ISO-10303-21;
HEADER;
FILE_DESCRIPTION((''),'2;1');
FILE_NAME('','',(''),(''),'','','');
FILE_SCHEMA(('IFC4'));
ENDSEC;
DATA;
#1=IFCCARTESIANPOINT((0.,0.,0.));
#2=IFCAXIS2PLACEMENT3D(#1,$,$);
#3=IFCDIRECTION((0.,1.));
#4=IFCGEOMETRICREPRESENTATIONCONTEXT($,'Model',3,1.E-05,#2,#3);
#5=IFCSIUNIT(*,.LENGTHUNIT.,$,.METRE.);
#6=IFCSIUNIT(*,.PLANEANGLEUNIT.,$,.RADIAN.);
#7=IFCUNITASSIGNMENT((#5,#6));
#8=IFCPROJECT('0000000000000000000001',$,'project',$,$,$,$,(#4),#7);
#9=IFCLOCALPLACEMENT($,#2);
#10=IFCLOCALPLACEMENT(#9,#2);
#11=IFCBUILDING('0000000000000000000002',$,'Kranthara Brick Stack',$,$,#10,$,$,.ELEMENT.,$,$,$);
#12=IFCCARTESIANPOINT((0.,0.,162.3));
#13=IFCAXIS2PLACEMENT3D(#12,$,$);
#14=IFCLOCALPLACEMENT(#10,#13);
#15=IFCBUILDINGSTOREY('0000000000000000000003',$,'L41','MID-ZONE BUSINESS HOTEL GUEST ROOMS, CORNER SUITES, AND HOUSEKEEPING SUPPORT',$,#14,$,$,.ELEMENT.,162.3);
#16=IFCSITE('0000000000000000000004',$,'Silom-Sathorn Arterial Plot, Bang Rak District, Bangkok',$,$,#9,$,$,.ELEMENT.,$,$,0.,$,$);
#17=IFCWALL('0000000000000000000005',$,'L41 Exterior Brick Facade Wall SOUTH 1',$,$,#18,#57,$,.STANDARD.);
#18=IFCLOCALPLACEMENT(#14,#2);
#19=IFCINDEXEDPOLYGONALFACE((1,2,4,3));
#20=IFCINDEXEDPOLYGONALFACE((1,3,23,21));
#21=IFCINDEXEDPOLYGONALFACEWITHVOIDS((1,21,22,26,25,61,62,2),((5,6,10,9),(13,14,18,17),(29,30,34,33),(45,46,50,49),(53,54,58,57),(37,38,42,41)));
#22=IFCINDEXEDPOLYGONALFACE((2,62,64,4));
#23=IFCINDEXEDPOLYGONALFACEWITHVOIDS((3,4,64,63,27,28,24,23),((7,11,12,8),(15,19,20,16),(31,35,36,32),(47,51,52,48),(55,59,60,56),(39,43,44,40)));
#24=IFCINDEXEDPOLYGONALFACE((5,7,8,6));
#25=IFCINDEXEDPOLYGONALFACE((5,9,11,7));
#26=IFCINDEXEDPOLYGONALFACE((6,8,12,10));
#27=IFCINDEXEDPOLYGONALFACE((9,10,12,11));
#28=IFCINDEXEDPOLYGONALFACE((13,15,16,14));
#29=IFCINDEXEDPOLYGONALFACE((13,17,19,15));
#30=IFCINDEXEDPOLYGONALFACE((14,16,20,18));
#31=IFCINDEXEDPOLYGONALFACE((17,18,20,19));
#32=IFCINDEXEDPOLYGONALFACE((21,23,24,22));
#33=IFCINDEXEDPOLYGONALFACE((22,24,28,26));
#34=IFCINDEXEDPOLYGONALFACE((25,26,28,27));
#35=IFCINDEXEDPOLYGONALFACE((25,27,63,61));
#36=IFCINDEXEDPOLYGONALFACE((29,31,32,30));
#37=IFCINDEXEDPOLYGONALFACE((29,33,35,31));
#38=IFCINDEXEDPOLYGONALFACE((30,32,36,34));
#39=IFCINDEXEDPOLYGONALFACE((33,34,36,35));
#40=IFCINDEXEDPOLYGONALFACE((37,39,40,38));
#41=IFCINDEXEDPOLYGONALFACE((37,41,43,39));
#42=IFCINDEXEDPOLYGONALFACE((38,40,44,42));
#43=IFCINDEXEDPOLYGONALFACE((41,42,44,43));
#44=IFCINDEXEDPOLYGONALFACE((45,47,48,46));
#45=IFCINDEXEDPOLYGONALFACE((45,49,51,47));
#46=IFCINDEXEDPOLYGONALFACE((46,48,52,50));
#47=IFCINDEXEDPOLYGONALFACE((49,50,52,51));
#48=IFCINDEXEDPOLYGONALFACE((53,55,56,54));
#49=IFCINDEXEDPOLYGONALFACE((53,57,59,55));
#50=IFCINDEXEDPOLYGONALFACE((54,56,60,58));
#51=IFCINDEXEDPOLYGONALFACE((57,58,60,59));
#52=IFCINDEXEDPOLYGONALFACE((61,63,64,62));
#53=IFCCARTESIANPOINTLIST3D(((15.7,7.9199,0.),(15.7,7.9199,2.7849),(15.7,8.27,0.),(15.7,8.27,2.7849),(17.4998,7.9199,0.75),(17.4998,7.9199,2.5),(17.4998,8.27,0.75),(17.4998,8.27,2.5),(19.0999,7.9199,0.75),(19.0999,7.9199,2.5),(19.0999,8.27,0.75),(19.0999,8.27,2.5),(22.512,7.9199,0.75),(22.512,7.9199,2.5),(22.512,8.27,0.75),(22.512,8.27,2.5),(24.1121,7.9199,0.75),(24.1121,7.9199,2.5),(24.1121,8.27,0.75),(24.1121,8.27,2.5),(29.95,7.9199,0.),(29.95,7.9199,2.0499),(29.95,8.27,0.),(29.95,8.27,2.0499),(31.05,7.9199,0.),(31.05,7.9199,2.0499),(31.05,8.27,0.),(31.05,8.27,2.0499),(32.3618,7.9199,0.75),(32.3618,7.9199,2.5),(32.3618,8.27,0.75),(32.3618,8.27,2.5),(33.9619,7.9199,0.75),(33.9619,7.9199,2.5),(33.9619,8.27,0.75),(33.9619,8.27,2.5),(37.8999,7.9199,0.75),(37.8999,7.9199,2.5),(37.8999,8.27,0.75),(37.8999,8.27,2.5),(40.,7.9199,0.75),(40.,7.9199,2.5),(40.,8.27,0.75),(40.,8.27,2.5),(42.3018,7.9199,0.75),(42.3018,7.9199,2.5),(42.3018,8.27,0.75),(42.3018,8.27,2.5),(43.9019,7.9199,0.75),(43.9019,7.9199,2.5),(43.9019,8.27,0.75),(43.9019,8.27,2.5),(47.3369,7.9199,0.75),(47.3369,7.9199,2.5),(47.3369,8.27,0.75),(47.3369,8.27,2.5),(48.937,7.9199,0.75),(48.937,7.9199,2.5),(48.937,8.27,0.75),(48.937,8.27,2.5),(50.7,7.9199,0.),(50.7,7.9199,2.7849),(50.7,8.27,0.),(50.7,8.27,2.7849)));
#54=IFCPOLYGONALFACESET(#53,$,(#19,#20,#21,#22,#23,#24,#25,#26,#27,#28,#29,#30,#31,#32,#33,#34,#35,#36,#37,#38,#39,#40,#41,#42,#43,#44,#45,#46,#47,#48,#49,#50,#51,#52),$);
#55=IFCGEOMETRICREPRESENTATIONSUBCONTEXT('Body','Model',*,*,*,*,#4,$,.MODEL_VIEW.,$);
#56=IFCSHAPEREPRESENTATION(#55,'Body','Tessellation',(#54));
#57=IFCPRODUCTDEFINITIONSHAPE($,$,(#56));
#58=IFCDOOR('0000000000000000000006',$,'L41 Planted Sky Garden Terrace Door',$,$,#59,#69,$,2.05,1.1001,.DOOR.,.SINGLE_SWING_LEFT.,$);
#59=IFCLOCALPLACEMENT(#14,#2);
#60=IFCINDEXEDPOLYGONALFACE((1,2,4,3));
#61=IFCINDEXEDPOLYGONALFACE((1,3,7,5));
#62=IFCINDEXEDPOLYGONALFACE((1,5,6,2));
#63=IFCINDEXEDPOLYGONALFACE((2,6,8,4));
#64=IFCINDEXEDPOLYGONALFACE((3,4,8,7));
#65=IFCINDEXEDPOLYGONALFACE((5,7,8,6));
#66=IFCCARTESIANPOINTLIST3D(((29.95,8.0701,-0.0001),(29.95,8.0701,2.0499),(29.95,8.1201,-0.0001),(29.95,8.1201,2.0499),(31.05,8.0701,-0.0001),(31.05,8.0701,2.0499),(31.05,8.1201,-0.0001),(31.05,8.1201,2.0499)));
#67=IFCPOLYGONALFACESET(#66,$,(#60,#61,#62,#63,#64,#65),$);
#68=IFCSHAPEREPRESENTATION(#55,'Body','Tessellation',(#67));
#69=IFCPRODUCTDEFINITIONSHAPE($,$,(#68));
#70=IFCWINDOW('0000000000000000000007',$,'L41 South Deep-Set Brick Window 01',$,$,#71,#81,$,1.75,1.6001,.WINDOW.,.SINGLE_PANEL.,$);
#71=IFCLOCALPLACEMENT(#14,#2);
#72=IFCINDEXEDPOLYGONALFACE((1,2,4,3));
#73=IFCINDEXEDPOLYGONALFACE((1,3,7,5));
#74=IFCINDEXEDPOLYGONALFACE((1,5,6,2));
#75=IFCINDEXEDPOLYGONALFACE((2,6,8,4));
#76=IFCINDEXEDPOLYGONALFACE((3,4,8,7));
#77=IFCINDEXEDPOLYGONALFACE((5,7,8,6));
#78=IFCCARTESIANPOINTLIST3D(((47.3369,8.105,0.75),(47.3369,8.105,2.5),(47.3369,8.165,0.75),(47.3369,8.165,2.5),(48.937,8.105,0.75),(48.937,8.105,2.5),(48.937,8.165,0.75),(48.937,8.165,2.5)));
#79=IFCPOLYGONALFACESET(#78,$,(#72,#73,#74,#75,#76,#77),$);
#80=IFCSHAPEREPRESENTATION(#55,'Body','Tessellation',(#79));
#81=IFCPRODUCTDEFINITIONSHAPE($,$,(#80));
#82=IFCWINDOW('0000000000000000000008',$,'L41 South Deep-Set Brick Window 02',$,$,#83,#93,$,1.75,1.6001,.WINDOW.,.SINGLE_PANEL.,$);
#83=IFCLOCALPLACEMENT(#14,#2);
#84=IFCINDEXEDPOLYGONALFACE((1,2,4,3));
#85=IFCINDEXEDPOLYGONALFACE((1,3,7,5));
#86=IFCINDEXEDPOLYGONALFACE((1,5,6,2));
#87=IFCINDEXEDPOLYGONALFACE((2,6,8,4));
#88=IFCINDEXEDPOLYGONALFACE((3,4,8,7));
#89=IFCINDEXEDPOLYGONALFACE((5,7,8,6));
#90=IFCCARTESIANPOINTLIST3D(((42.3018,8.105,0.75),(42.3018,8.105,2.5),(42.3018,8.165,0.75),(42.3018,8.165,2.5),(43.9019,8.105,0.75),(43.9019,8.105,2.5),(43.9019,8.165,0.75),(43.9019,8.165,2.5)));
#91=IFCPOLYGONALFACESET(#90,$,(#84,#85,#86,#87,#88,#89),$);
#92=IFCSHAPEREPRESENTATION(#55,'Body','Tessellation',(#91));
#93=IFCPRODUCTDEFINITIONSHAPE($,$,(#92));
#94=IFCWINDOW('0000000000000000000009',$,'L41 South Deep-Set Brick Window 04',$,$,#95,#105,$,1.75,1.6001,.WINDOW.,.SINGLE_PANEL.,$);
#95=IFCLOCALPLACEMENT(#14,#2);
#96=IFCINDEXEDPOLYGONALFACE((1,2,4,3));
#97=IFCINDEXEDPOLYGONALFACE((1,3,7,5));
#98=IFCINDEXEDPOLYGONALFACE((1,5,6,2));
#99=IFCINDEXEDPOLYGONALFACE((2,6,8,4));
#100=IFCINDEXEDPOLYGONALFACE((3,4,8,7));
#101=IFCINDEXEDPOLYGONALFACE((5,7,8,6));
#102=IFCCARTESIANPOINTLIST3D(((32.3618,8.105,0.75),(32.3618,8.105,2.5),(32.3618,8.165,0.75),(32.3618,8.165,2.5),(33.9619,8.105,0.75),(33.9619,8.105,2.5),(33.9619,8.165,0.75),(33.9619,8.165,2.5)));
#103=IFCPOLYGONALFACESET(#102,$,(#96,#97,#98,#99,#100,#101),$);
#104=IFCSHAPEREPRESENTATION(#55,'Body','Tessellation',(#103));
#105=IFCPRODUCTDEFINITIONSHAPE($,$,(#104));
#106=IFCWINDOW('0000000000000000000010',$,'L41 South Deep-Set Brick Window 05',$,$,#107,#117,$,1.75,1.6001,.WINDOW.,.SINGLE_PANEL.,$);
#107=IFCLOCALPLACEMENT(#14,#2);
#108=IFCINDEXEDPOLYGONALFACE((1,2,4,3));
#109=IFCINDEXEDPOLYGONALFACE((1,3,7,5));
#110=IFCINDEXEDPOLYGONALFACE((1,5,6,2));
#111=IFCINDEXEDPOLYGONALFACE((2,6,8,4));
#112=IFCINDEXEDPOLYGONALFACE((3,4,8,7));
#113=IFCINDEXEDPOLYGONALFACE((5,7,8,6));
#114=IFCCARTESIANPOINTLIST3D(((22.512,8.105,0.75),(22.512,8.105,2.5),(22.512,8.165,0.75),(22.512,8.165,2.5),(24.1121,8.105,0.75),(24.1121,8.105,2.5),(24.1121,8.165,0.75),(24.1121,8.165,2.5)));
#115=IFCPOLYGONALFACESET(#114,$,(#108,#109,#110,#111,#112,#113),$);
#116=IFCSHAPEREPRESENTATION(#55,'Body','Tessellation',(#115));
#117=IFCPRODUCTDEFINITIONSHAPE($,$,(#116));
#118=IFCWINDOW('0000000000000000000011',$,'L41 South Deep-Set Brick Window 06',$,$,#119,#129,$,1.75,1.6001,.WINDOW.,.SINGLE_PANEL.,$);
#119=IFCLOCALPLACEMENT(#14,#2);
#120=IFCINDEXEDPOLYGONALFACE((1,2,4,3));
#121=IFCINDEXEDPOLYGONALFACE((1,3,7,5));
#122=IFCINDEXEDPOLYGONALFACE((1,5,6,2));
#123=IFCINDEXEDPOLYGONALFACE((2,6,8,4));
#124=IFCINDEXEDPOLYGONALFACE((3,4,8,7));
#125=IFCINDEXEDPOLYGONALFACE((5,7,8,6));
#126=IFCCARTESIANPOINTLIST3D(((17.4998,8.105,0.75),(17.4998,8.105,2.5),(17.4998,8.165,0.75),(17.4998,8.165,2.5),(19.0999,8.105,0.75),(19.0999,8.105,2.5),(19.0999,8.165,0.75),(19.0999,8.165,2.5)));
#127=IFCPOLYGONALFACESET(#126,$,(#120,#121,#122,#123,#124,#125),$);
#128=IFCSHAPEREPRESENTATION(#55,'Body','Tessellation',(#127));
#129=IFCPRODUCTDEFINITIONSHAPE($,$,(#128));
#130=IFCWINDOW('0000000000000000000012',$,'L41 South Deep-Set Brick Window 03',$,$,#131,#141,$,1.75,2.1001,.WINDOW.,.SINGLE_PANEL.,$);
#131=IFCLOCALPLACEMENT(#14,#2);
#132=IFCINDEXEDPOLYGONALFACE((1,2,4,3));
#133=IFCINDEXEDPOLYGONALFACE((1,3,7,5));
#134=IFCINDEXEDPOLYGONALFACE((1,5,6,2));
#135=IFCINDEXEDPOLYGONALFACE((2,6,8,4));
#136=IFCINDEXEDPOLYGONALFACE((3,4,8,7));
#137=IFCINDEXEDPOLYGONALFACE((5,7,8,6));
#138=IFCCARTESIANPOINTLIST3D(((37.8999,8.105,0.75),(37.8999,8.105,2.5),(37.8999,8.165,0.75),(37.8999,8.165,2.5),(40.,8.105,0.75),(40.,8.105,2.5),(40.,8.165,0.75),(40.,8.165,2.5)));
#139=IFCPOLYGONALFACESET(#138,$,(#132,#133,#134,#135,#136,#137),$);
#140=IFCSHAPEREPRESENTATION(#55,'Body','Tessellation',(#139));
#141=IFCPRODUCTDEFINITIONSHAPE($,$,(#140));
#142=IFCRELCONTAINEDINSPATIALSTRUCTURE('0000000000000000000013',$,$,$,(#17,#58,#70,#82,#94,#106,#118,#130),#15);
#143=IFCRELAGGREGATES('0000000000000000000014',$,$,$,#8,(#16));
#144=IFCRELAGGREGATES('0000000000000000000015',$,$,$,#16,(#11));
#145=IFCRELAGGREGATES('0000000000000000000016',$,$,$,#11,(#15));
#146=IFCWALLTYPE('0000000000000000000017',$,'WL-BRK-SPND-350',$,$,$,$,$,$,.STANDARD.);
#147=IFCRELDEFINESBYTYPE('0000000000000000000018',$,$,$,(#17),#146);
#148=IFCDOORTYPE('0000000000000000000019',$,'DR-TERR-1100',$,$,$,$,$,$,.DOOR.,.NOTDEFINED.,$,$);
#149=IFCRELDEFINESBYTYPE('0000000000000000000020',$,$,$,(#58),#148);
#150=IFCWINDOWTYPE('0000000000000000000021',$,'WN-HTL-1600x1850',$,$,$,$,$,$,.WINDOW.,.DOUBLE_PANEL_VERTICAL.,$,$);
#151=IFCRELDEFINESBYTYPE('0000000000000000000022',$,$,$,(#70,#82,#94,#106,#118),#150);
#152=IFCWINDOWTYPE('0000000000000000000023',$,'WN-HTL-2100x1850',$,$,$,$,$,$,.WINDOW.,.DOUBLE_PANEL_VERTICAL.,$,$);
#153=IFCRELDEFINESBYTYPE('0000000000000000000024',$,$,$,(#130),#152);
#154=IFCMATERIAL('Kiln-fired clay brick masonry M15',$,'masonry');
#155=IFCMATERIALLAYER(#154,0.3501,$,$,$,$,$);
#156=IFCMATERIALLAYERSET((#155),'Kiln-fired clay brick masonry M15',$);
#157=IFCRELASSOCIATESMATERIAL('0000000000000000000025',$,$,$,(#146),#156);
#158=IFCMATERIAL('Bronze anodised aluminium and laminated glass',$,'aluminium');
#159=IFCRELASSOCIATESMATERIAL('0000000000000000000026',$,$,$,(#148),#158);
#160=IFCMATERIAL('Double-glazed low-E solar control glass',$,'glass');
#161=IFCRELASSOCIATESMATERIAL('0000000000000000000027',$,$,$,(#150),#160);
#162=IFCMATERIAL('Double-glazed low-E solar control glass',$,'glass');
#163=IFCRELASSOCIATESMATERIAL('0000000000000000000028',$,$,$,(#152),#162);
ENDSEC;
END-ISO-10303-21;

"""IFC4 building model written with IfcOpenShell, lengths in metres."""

from ifc_helpers import new_model, si_unit, direction, frame, frame_2d, origin, place, context, subcontext, project, spatial, rectangle, extrude, material, layer, layer_set, type_object, element, fill, save


model = new_model("IFC4")

# Units and contexts
model_context = context("Model", 3, precision=1e-05, world=origin(), true_north=direction((0.0, 1.0)))
body_context = subcontext(model_context, "Body", "Model", "MODEL_VIEW")
ifc_project = project(units=[si_unit("LENGTHUNIT", "METRE"), si_unit("PLANEANGLEUNIT", "RADIAN")], contexts=[model_context])

# Site, building, storey
site_placement = place(None, origin())
site = spatial("IfcSite", under=ifc_project, at=site_placement, Name="Silom-Sathorn Arterial Plot, Bang Rak District, Bangkok", CompositionType="ELEMENT", RefElevation=0.0)
building_placement = place(site_placement, origin())
building = spatial("IfcBuilding", under=site, at=building_placement, Name="Kranthara Brick Stack", CompositionType="ELEMENT")
storey_placement = place(building_placement, frame((0.0, 0.0, 162.3)))
storey = spatial("IfcBuildingStorey", under=building, at=storey_placement, Name="L41", Description="MID-ZONE BUSINESS HOTEL GUEST ROOMS, CORNER SUITES, AND HOUSEKEEPING SUPPORT", CompositionType="ELEMENT", Elevation=162.3)

# Wall, openings, door, windows
ifc_material_1 = material(Name="Kiln-fired clay brick masonry M15", Category="masonry")
ifc_layer_1 = layer(ifc_material_1, 0.3501)
ifc_layer_set_1 = layer_set([ifc_layer_1], Name="Kiln-fired clay brick masonry M15")
wall_type_1 = type_object("IfcWallType", Name="WL-BRK-SPND-350", PredefinedType="STANDARD", material=ifc_layer_set_1)
wall_1_placement = place(storey_placement, frame((50.7, 8.095, 0.0), z_axis=(0.0, 0.0, 1.0), x_axis=(-1.0, 0.0, 0.0)))
wall_1 = element("IfcWall", 1, at=wall_1_placement, inside=storey, type_object=wall_type_1, Name="L41 Exterior Brick Facade Wall SOUTH 1", PredefinedType="STANDARD", context=body_context, shape_type="SweptSolid", body=[
    extrude(rectangle(XDim=35.0, YDim=0.3501, at=frame_2d((17.5, 0.0))), origin(), (0.0, 0.0, 1.0), 2.7849),
])
opening_1_placement = place(wall_1_placement, frame((19.6499, 0.0, 0.0)))
opening_1 = element("IfcOpeningElement", 2, at=opening_1_placement, cuts=wall_1, PredefinedType="OPENING", context=body_context, shape_type="SweptSolid", body=[
    extrude(rectangle(XDim=1.1001, YDim=2.05, at=frame_2d((0.55, 1.0249))), frame((0.0, 0.1851, 0.0), z_axis=(0.0, -1.0, 0.0), x_axis=(1.0, 0.0, 0.0)), (0.0, 0.0, 1.0), 0.3701),
])
opening_2_placement = place(wall_1_placement, frame((1.7629, 0.0, 0.75)))
opening_2 = element("IfcOpeningElement", 3, at=opening_2_placement, cuts=wall_1, PredefinedType="OPENING", context=body_context, shape_type="SweptSolid", body=[
    extrude(rectangle(XDim=1.6001, YDim=1.75, at=frame_2d((0.8, 0.875))), frame((0.0, 0.1851, 0.0), z_axis=(0.0, -1.0, 0.0), x_axis=(1.0, 0.0, 0.0)), (0.0, 0.0, 1.0), 0.3701),
])
opening_3_placement = place(wall_1_placement, frame((6.7981, 0.0, 0.75)))
opening_3 = element("IfcOpeningElement", 4, at=opening_3_placement, cuts=wall_1, PredefinedType="OPENING", context=body_context, shape_type="SweptSolid", body=[
    extrude(rectangle(XDim=1.6001, YDim=1.75, at=frame_2d((0.8, 0.875))), frame((0.0, 0.1851, 0.0), z_axis=(0.0, -1.0, 0.0), x_axis=(1.0, 0.0, 0.0)), (0.0, 0.0, 1.0), 0.3701),
])
opening_4_placement = place(wall_1_placement, frame((10.7, 0.0, 0.75)))
opening_4 = element("IfcOpeningElement", 5, at=opening_4_placement, cuts=wall_1, PredefinedType="OPENING", context=body_context, shape_type="SweptSolid", body=[
    extrude(rectangle(XDim=2.1001, YDim=1.75, at=frame_2d((1.05, 0.875))), frame((0.0, 0.1851, 0.0), z_axis=(0.0, -1.0, 0.0), x_axis=(1.0, 0.0, 0.0)), (0.0, 0.0, 1.0), 0.3701),
])
opening_5_placement = place(wall_1_placement, frame((16.738, 0.0, 0.75)))
opening_5 = element("IfcOpeningElement", 6, at=opening_5_placement, cuts=wall_1, PredefinedType="OPENING", context=body_context, shape_type="SweptSolid", body=[
    extrude(rectangle(XDim=1.6001, YDim=1.75, at=frame_2d((0.8, 0.875))), frame((0.0, 0.1851, 0.0), z_axis=(0.0, -1.0, 0.0), x_axis=(1.0, 0.0, 0.0)), (0.0, 0.0, 1.0), 0.3701),
])
opening_6_placement = place(wall_1_placement, frame((26.5879, 0.0, 0.75)))
opening_6 = element("IfcOpeningElement", 7, at=opening_6_placement, cuts=wall_1, PredefinedType="OPENING", context=body_context, shape_type="SweptSolid", body=[
    extrude(rectangle(XDim=1.6001, YDim=1.75, at=frame_2d((0.8, 0.875))), frame((0.0, 0.1851, 0.0), z_axis=(0.0, -1.0, 0.0), x_axis=(1.0, 0.0, 0.0)), (0.0, 0.0, 1.0), 0.3701),
])
opening_7_placement = place(wall_1_placement, frame((31.6001, 0.0, 0.75)))
opening_7 = element("IfcOpeningElement", 8, at=opening_7_placement, cuts=wall_1, PredefinedType="OPENING", context=body_context, shape_type="SweptSolid", body=[
    extrude(rectangle(XDim=1.6001, YDim=1.75, at=frame_2d((0.8, 0.875))), frame((0.0, 0.1851, 0.0), z_axis=(0.0, -1.0, 0.0), x_axis=(1.0, 0.0, 0.0)), (0.0, 0.0, 1.0), 0.3701),
])
ifc_material_2 = material(Name="Bronze anodised aluminium and laminated glass", Category="aluminium")
door_type = type_object("IfcDoorType", Name="DR-TERR-1100", OperationType="NOTDEFINED", PredefinedType="DOOR", material=ifc_material_2)
door_placement = place(opening_1_placement, origin())
door = element("IfcDoor", 9, at=door_placement, inside=storey, type_object=door_type, Name="L41 Planted Sky Garden Terrace Door", OperationType="SINGLE_SWING_LEFT", OverallHeight=2.05, OverallWidth=1.1001, PredefinedType="DOOR", context=body_context, shape_type="SweptSolid", body=[
    extrude(rectangle(XDim=1.1001, YDim=2.05, at=frame_2d((0.55, 1.0249))), frame((0.0, 0.0249, 0.0), z_axis=(0.0, -1.0, 0.0), x_axis=(1.0, 0.0, 0.0)), (0.0, 0.0, 1.0), 0.05),
])
fill(opening_1, door)
ifc_material_3 = material(Name="Double-glazed low-E solar control glass", Category="glass")
window_type_1 = type_object("IfcWindowType", Name="WN-HTL-1600x1850", PartitioningType="DOUBLE_PANEL_VERTICAL", PredefinedType="WINDOW", material=ifc_material_3)
window_1_placement = place(opening_2_placement, origin())
window_1 = element("IfcWindow", 10, at=window_1_placement, inside=storey, type_object=window_type_1, Name="L41 South Deep-Set Brick Window 01", OverallHeight=1.75, OverallWidth=1.6001, PartitioningType="SINGLE_PANEL", PredefinedType="WINDOW", context=body_context, shape_type="SweptSolid", body=[
    extrude(rectangle(XDim=1.6001, YDim=1.75, at=frame_2d((0.8, 0.875))), frame((0.0, -0.01, 0.0), z_axis=(0.0, -1.0, 0.0), x_axis=(1.0, 0.0, 0.0)), (0.0, 0.0, 1.0), 0.0601),
])
fill(opening_2, window_1)
window_2_placement = place(opening_3_placement, origin())
window_2 = element("IfcWindow", 11, at=window_2_placement, inside=storey, type_object=window_type_1, Name="L41 South Deep-Set Brick Window 02", OverallHeight=1.75, OverallWidth=1.6001, PartitioningType="SINGLE_PANEL", PredefinedType="WINDOW", context=body_context, shape_type="SweptSolid", body=[
    extrude(rectangle(XDim=1.6001, YDim=1.75, at=frame_2d((0.8, 0.875))), frame((0.0, -0.01, 0.0), z_axis=(0.0, -1.0, 0.0), x_axis=(1.0, 0.0, 0.0)), (0.0, 0.0, 1.0), 0.0601),
])
fill(opening_3, window_2)
window_3_placement = place(opening_5_placement, origin())
window_3 = element("IfcWindow", 12, at=window_3_placement, inside=storey, type_object=window_type_1, Name="L41 South Deep-Set Brick Window 04", OverallHeight=1.75, OverallWidth=1.6001, PartitioningType="SINGLE_PANEL", PredefinedType="WINDOW", context=body_context, shape_type="SweptSolid", body=[
    extrude(rectangle(XDim=1.6001, YDim=1.75, at=frame_2d((0.8, 0.875))), frame((0.0, -0.01, 0.0), z_axis=(0.0, -1.0, 0.0), x_axis=(1.0, 0.0, 0.0)), (0.0, 0.0, 1.0), 0.0601),
])
fill(opening_5, window_3)
window_4_placement = place(opening_6_placement, origin())
window_4 = element("IfcWindow", 13, at=window_4_placement, inside=storey, type_object=window_type_1, Name="L41 South Deep-Set Brick Window 05", OverallHeight=1.75, OverallWidth=1.6001, PartitioningType="SINGLE_PANEL", PredefinedType="WINDOW", context=body_context, shape_type="SweptSolid", body=[
    extrude(rectangle(XDim=1.6001, YDim=1.75, at=frame_2d((0.8, 0.875))), frame((0.0, -0.01, 0.0), z_axis=(0.0, -1.0, 0.0), x_axis=(1.0, 0.0, 0.0)), (0.0, 0.0, 1.0), 0.0601),
])
fill(opening_6, window_4)
window_5_placement = place(opening_7_placement, origin())
window_5 = element("IfcWindow", 14, at=window_5_placement, inside=storey, type_object=window_type_1, Name="L41 South Deep-Set Brick Window 06", OverallHeight=1.75, OverallWidth=1.6001, PartitioningType="SINGLE_PANEL", PredefinedType="WINDOW", context=body_context, shape_type="SweptSolid", body=[
    extrude(rectangle(XDim=1.6001, YDim=1.75, at=frame_2d((0.8, 0.875))), frame((0.0, -0.01, 0.0), z_axis=(0.0, -1.0, 0.0), x_axis=(1.0, 0.0, 0.0)), (0.0, 0.0, 1.0), 0.0601),
])
fill(opening_7, window_5)
ifc_material_4 = material(Name="Double-glazed low-E solar control glass", Category="glass")
window_type_2 = type_object("IfcWindowType", Name="WN-HTL-2100x1850", PartitioningType="DOUBLE_PANEL_VERTICAL", PredefinedType="WINDOW", material=ifc_material_4)
window_6_placement = place(opening_4_placement, origin())
window_6 = element("IfcWindow", 15, at=window_6_placement, inside=storey, type_object=window_type_2, Name="L41 South Deep-Set Brick Window 03", OverallHeight=1.75, OverallWidth=2.1001, PartitioningType="SINGLE_PANEL", PredefinedType="WINDOW", context=body_context, shape_type="SweptSolid", body=[
    extrude(rectangle(XDim=2.1001, YDim=1.75, at=frame_2d((1.05, 0.875))), frame((0.0, -0.01, 0.0), z_axis=(0.0, -1.0, 0.0), x_axis=(1.0, 0.0, 0.0)), (0.0, 0.0, 1.0), 0.0601),
])
fill(opening_4, window_6)

save(model, "model.ifc")
